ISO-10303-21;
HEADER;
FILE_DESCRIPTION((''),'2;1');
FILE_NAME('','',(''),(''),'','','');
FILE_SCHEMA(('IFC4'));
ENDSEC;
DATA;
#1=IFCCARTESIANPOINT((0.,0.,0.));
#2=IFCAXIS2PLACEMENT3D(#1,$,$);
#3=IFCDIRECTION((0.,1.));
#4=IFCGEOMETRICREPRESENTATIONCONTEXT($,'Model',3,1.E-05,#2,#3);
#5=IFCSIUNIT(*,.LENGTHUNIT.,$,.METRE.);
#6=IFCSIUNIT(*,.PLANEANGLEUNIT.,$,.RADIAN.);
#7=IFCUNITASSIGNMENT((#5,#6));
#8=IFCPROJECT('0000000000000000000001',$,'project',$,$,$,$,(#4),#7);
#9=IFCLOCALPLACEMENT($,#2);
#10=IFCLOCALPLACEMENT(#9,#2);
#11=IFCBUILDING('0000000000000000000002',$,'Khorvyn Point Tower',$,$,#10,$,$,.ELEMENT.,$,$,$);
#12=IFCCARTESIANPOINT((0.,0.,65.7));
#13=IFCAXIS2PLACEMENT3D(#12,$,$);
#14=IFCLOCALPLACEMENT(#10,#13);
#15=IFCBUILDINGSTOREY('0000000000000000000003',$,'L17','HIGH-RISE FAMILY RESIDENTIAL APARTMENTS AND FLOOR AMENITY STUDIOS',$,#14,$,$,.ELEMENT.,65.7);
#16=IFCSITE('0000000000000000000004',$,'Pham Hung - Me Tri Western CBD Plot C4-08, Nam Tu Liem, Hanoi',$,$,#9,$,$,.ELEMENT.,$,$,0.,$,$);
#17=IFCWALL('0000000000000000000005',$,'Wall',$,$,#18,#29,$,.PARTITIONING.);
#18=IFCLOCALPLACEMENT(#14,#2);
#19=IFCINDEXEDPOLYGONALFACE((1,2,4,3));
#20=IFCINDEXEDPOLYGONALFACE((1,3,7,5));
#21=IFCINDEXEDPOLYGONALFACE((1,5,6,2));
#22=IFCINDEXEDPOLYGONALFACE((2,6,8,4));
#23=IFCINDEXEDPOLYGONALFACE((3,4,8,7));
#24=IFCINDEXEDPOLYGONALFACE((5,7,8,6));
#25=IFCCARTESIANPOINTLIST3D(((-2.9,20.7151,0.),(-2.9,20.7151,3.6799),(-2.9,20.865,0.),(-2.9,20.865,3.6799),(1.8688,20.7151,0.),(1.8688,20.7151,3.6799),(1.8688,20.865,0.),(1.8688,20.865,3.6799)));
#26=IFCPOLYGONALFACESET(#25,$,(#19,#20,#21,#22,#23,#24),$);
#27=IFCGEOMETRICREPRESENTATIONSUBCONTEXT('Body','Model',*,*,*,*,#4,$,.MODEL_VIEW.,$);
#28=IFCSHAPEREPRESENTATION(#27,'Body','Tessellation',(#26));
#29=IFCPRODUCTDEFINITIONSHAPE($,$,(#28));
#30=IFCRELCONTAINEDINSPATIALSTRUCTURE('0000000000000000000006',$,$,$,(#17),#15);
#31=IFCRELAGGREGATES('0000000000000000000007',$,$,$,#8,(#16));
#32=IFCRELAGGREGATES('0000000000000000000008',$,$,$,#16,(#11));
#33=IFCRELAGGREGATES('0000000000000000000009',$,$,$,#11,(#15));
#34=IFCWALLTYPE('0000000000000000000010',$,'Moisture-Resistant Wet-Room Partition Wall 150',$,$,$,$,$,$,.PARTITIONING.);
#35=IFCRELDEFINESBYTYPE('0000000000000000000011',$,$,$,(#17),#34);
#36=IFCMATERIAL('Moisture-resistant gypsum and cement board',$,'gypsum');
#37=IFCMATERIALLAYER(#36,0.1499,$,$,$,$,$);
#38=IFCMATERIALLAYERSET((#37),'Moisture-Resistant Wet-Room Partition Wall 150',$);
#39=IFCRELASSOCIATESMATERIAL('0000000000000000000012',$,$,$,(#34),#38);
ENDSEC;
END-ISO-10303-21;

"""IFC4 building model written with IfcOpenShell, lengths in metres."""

from ifc_helpers import new_model, si_unit, direction, frame, frame_2d, origin, place, context, subcontext, project, spatial, rectangle, extrude, material, layer, layer_set, type_object, element, save


model = new_model("IFC4")

# Units and contexts
model_context = context("Model", 3, precision=1e-05, world=origin(), true_north=direction((0.0, 1.0)))
body_context = subcontext(model_context, "Body", "Model", "MODEL_VIEW")
ifc_project = project(units=[si_unit("LENGTHUNIT", "METRE"), si_unit("PLANEANGLEUNIT", "RADIAN")], contexts=[model_context])

# Site, building, storey
site_placement = place(None, origin())
site = spatial("IfcSite", under=ifc_project, at=site_placement, Name="Pham Hung - Me Tri Western CBD Plot C4-08, Nam Tu Liem, Hanoi", CompositionType="ELEMENT", RefElevation=0.0)
building_placement = place(site_placement, origin())
building = spatial("IfcBuilding", under=site, at=building_placement, Name="Khorvyn Point Tower", CompositionType="ELEMENT")
storey_placement = place(building_placement, frame((0.0, 0.0, 65.7)))
storey = spatial("IfcBuildingStorey", under=building, at=storey_placement, Name="L17", Description="HIGH-RISE FAMILY RESIDENTIAL APARTMENTS AND FLOOR AMENITY STUDIOS", CompositionType="ELEMENT", Elevation=65.7)

# Wall
ifc_material_1 = material(Name="Moisture-resistant gypsum and cement board", Category="gypsum")
ifc_layer_1 = layer(ifc_material_1, 0.1499)
ifc_layer_set_1 = layer_set([ifc_layer_1], Name="Moisture-Resistant Wet-Room Partition Wall 150")
wall_type_1 = type_object("IfcWallType", Name="Moisture-Resistant Wet-Room Partition Wall 150", PredefinedType="PARTITIONING", material=ifc_layer_set_1)
wall_1_placement = place(storey_placement, frame((-2.8999, 20.79, 0.0), z_axis=(0.0, 0.0, 1.0), x_axis=(1.0, 0.0, 0.0)))
element("IfcWall", 1, at=wall_1_placement, inside=storey, type_object=wall_type_1, Name="Wall", PredefinedType="PARTITIONING", context=body_context, shape_type="SweptSolid", body=[
    extrude(rectangle(XDim=4.7688, YDim=0.1499, at=frame_2d((2.3843, 0.0))), origin(), (0.0, 0.0, 1.0), 3.6799),
])

save(model, "model.ifc")
